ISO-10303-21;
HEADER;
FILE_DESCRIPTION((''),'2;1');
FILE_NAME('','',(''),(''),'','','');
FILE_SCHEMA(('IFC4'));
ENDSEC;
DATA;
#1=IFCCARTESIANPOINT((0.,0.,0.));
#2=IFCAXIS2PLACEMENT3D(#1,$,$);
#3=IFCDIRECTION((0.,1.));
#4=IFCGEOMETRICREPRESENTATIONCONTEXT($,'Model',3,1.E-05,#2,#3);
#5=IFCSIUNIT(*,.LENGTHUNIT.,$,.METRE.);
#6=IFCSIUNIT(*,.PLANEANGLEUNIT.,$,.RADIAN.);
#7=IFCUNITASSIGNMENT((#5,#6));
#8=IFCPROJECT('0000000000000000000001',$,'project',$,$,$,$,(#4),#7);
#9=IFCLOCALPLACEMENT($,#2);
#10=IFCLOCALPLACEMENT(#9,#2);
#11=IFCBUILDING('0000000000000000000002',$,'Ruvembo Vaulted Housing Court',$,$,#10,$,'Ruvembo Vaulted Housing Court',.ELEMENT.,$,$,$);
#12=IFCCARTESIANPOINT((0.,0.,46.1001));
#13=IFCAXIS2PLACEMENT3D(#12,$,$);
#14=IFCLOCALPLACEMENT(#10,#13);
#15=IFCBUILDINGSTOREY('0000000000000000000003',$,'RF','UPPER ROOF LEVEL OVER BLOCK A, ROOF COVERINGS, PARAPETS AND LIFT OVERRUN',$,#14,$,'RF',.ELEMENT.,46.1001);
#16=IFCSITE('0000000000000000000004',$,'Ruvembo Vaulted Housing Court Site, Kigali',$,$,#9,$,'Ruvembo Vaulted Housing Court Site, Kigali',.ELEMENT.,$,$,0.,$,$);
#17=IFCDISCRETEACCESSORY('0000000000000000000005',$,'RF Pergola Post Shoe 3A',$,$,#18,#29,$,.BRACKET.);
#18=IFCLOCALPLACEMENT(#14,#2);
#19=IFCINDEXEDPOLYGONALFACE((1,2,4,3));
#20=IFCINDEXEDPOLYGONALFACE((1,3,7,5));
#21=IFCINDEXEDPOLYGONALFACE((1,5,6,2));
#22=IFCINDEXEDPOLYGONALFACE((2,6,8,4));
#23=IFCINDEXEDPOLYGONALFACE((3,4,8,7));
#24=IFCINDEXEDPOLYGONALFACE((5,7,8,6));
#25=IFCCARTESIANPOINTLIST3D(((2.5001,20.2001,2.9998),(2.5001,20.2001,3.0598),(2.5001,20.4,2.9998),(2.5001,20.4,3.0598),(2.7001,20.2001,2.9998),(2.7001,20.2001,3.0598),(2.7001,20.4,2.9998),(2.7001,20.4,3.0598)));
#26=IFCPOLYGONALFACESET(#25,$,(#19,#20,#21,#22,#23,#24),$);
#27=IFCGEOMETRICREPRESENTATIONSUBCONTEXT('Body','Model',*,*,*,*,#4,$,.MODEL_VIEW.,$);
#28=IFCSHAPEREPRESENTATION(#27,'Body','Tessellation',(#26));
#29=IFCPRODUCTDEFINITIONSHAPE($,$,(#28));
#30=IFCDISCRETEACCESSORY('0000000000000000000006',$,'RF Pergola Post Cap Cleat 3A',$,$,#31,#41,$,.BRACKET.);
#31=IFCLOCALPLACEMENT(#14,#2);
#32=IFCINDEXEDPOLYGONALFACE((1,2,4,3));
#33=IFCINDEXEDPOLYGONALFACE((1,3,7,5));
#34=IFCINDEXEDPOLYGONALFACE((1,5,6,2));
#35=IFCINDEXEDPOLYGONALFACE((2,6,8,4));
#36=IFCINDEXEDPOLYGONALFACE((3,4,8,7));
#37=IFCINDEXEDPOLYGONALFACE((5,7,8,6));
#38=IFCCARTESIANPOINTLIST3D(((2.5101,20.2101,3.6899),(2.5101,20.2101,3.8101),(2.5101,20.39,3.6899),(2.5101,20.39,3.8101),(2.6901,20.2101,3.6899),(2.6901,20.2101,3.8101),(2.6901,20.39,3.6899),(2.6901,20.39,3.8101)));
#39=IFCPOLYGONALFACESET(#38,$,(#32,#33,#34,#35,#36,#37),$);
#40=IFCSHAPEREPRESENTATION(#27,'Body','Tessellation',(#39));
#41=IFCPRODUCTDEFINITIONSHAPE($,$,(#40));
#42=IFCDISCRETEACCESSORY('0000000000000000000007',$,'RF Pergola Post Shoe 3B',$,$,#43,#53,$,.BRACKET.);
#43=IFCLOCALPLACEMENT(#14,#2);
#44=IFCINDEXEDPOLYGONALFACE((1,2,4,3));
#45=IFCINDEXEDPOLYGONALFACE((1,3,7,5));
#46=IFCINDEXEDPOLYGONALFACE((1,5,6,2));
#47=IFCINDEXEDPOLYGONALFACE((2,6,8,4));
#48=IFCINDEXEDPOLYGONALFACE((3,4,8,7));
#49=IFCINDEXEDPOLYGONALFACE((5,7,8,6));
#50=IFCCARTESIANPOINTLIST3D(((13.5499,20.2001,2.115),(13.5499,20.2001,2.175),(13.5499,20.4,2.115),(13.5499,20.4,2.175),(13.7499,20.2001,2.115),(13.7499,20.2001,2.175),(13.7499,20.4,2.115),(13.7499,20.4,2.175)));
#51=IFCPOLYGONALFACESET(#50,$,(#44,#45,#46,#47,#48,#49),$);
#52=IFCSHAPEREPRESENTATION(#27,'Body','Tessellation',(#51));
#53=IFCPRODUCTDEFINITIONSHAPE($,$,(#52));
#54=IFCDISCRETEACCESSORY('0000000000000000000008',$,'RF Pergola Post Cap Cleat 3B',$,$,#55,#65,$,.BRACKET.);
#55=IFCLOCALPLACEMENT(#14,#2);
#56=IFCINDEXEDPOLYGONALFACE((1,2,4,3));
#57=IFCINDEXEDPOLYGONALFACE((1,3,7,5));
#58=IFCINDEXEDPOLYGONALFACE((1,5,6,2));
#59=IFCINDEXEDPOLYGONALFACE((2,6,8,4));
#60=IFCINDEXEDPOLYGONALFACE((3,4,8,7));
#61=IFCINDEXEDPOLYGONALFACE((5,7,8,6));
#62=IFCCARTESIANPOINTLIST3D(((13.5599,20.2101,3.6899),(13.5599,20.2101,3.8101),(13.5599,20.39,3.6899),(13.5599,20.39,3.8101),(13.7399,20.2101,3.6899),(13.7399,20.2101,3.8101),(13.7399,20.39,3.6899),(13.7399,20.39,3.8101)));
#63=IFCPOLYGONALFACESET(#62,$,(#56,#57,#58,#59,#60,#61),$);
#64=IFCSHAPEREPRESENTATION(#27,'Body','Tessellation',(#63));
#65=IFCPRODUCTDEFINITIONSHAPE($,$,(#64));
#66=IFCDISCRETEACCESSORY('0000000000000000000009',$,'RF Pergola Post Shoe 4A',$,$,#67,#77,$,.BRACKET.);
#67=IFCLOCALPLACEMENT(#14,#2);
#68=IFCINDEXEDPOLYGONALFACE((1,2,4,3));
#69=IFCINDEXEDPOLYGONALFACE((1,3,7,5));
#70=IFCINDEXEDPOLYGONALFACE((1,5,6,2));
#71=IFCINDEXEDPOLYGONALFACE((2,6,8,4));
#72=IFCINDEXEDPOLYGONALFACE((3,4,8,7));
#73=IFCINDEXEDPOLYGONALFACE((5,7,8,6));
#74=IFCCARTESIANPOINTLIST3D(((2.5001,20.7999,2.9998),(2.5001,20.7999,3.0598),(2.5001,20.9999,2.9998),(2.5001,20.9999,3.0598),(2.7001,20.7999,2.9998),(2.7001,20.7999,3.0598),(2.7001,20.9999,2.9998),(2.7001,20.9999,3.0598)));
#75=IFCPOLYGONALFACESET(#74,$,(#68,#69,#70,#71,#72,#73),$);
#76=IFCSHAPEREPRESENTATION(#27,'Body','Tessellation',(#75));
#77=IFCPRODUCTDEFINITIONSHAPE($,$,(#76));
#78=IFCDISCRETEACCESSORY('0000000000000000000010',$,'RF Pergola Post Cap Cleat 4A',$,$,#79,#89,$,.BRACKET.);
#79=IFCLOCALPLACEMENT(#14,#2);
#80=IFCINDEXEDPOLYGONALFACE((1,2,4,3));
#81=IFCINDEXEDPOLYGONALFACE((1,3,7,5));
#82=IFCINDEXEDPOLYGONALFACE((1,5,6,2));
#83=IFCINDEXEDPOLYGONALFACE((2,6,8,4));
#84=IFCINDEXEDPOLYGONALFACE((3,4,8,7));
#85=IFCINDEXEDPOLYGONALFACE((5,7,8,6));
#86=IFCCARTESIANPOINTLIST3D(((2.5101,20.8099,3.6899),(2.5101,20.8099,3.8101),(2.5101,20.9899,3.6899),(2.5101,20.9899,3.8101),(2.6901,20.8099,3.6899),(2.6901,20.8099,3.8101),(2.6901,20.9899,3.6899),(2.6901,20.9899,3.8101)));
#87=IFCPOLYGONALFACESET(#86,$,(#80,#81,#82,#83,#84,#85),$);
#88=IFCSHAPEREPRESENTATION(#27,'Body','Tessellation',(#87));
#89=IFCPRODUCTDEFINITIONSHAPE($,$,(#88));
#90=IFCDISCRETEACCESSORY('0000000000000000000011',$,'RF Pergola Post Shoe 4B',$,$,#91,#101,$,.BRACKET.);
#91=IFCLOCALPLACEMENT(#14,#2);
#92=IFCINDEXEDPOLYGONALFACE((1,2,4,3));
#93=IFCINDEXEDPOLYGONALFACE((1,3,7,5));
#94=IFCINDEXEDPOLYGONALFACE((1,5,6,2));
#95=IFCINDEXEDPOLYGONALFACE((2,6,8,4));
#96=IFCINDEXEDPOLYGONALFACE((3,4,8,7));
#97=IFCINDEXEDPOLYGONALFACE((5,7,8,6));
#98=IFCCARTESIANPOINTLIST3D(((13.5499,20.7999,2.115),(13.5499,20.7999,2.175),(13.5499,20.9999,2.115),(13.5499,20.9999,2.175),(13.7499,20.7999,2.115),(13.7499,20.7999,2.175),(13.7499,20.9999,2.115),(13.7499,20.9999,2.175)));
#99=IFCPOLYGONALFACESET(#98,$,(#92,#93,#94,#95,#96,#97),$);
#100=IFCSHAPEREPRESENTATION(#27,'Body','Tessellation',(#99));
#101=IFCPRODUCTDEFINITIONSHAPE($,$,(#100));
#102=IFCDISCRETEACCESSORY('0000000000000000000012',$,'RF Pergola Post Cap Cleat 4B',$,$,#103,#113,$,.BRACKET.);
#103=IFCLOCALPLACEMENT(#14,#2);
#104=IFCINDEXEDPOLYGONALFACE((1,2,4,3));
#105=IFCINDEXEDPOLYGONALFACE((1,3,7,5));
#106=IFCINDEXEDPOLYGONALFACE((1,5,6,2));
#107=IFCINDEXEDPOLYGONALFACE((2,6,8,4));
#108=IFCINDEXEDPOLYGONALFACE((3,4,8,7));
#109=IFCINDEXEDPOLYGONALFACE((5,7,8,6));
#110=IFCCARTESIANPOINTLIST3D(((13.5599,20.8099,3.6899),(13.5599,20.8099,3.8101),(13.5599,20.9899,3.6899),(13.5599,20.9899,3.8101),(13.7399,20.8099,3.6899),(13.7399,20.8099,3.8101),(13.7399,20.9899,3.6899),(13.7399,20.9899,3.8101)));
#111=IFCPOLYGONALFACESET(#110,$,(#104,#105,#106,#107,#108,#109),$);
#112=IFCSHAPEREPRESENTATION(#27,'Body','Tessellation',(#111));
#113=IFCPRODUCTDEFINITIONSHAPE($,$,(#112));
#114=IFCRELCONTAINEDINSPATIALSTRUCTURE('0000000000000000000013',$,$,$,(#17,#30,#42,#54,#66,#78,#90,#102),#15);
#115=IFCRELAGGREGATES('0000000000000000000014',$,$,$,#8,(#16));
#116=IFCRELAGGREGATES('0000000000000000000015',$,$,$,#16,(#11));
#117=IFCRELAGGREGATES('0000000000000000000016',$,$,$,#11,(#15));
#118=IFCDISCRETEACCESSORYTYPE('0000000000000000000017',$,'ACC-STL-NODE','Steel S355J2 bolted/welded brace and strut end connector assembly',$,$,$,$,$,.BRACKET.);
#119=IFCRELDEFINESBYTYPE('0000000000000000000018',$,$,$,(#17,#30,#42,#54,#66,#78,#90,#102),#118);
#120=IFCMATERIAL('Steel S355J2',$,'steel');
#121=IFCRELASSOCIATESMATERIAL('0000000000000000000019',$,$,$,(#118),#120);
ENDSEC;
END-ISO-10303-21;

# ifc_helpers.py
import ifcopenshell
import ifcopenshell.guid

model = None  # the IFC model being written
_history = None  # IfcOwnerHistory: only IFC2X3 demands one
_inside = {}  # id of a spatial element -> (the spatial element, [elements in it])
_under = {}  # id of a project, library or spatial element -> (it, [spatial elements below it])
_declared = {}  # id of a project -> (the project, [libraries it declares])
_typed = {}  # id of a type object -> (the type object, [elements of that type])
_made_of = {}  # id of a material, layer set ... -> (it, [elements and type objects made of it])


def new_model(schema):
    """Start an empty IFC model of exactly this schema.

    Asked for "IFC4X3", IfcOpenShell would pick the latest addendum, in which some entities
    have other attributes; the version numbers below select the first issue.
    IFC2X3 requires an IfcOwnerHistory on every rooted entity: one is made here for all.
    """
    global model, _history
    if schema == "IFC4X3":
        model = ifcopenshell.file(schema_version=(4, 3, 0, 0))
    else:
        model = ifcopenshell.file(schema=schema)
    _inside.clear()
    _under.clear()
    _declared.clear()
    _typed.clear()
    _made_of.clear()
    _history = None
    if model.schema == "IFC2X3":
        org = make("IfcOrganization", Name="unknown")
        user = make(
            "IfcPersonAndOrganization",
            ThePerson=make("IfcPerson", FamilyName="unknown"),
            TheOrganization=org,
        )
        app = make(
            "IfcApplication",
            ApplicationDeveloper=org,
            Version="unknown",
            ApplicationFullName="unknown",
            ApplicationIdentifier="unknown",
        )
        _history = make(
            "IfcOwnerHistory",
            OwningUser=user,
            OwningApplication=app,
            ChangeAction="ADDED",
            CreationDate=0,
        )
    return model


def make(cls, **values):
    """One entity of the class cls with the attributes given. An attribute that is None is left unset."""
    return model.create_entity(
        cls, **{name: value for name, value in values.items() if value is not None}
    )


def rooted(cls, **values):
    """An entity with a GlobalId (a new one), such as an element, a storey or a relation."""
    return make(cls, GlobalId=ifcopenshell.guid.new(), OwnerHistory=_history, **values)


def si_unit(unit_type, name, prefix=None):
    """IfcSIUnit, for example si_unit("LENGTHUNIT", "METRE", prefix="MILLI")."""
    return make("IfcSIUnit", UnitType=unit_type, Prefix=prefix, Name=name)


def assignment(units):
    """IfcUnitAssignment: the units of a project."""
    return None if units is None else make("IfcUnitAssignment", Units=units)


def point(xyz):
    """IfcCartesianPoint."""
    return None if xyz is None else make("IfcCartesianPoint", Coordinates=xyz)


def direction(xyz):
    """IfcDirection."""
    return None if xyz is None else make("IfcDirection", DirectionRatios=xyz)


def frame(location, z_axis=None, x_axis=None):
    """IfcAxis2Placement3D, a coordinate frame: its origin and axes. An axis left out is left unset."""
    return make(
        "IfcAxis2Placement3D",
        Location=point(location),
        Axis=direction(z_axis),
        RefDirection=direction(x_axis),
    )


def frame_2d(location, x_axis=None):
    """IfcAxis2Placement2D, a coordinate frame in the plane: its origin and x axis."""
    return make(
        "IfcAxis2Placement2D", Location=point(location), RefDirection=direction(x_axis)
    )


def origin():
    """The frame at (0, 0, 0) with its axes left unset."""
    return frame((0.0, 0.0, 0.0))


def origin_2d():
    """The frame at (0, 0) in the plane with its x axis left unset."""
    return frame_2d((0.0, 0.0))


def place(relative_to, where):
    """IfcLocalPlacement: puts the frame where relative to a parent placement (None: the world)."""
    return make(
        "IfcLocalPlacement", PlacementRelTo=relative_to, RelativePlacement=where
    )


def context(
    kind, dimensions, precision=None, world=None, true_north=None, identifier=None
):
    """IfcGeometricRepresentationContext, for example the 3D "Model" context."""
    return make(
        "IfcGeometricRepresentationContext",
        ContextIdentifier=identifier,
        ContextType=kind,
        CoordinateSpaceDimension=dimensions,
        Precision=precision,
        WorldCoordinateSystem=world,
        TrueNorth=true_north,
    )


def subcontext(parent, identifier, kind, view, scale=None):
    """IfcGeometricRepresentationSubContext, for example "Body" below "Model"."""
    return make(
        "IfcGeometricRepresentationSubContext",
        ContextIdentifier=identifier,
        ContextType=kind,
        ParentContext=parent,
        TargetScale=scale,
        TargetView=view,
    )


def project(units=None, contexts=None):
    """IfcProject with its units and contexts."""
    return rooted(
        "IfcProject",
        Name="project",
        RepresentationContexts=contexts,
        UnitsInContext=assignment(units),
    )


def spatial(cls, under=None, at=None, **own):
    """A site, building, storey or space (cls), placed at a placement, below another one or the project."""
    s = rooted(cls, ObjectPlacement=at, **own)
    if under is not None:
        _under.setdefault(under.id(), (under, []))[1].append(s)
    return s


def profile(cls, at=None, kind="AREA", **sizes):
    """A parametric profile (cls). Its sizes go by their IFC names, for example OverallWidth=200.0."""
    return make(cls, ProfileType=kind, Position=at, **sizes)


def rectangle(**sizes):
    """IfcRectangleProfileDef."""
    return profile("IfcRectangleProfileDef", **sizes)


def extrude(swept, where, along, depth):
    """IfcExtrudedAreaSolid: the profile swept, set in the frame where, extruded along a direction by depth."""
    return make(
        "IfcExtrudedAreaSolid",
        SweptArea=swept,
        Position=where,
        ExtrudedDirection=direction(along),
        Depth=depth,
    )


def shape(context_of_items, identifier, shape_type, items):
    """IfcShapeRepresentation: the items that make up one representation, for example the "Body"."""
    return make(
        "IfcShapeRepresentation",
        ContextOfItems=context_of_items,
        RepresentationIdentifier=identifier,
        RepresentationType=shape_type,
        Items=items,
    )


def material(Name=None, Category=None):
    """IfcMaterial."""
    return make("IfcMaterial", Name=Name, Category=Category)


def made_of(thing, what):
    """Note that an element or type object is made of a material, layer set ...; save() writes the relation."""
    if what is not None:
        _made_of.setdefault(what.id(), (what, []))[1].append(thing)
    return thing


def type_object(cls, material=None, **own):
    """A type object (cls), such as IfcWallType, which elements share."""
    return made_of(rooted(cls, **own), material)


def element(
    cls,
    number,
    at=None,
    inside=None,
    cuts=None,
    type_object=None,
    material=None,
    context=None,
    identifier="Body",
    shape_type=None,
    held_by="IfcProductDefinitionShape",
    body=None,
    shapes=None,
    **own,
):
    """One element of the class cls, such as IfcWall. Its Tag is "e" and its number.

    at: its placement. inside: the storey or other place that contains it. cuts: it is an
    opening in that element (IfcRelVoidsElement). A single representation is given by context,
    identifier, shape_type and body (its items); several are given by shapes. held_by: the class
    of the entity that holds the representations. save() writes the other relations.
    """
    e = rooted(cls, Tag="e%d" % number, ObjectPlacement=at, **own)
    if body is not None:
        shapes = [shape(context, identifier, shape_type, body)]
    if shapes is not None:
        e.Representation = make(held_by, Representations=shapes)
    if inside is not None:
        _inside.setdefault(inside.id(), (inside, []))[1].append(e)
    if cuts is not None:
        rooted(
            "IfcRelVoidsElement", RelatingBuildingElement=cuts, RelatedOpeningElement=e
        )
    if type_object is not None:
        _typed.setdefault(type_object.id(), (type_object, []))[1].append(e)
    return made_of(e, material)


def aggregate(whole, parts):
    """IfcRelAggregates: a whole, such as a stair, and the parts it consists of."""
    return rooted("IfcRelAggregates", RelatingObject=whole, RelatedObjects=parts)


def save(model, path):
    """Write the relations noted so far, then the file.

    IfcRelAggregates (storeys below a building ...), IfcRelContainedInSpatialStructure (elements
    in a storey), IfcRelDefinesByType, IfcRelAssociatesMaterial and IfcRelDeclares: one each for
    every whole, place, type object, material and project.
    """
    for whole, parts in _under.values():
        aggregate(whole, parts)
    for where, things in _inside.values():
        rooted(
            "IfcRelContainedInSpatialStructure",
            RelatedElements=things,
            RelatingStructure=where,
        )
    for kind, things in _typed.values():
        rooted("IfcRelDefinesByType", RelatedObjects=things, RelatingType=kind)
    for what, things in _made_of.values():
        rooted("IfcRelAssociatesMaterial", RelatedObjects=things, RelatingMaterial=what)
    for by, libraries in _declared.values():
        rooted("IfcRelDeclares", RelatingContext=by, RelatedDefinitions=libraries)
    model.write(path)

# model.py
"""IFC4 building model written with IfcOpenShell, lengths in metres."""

from ifc_helpers import new_model, si_unit, direction, frame, origin, origin_2d, place, context, subcontext, project, spatial, rectangle, extrude, material, type_object, element, save


model = new_model("IFC4")

# Units and contexts
model_context = context("Model", 3, precision=1e-05, world=origin(), true_north=direction((0.0, 1.0)))
body_context = subcontext(model_context, "Body", "Model", "MODEL_VIEW")
ifc_project = project(units=[si_unit("LENGTHUNIT", "METRE"), si_unit("PLANEANGLEUNIT", "RADIAN")], contexts=[model_context])

# Site, building, storey
site_placement = place(None, origin())
site = spatial("IfcSite", under=ifc_project, at=site_placement, Name="Ruvembo Vaulted Housing Court Site, Kigali", LongName="Ruvembo Vaulted Housing Court Site, Kigali", CompositionType="ELEMENT", RefElevation=0.0)
building_placement = place(site_placement, origin())
building = spatial("IfcBuilding", under=site, at=building_placement, Name="Ruvembo Vaulted Housing Court", LongName="Ruvembo Vaulted Housing Court", CompositionType="ELEMENT")
storey_placement = place(building_placement, frame((0.0, 0.0, 46.1001)))
storey = spatial("IfcBuildingStorey", under=building, at=storey_placement, Name="RF", Description="UPPER ROOF LEVEL OVER BLOCK A, ROOF COVERINGS, PARAPETS AND LIFT OVERRUN", LongName="RF", CompositionType="ELEMENT", Elevation=46.1001)

# Shared definitions
ifc_material_1 = material(Name="Steel S355J2", Category="steel")

# Discrete accessories
discrete_accessory_type = type_object("IfcDiscreteAccessoryType", Name="ACC-STL-NODE", Description="Steel S355J2 bolted/welded brace and strut end connector assembly", PredefinedType="BRACKET", material=ifc_material_1)
discrete_accessory_1_placement = place(storey_placement, frame((2.6001, 20.3, 2.9998), z_axis=(0.0, 0.0, 1.0), x_axis=(1.0, 0.0, 0.0)))
element("IfcDiscreteAccessory", 1, at=discrete_accessory_1_placement, inside=storey, type_object=discrete_accessory_type, Name="RF Pergola Post Shoe 3A", PredefinedType="BRACKET", context=body_context, shape_type="SweptSolid", body=[
    extrude(rectangle(XDim=0.2, YDim=0.2, at=origin_2d()), origin(), (0.0, 0.0, 1.0), 0.0601),
])
discrete_accessory_2_placement = place(storey_placement, frame((2.6001, 20.3, 3.6899), z_axis=(0.0, 0.0, 1.0), x_axis=(1.0, 0.0, 0.0)))
element("IfcDiscreteAccessory", 2, at=discrete_accessory_2_placement, inside=storey, type_object=discrete_accessory_type, Name="RF Pergola Post Cap Cleat 3A", PredefinedType="BRACKET", context=body_context, shape_type="SweptSolid", body=[
    extrude(rectangle(XDim=0.1799, YDim=0.1799, at=origin_2d()), origin(), (0.0, 0.0, 1.0), 0.1201),
])
discrete_accessory_3_placement = place(storey_placement, frame((13.6499, 20.3, 2.115), z_axis=(0.0, 0.0, 1.0), x_axis=(1.0, 0.0, 0.0)))
element("IfcDiscreteAccessory", 3, at=discrete_accessory_3_placement, inside=storey, type_object=discrete_accessory_type, Name="RF Pergola Post Shoe 3B", PredefinedType="BRACKET", context=body_context, shape_type="SweptSolid", body=[
    extrude(rectangle(XDim=0.2, YDim=0.2, at=origin_2d()), origin(), (0.0, 0.0, 1.0), 0.0601),
])
discrete_accessory_4_placement = place(storey_placement, frame((13.6499, 20.3, 3.6899), z_axis=(0.0, 0.0, 1.0), x_axis=(1.0, 0.0, 0.0)))
element("IfcDiscreteAccessory", 4, at=discrete_accessory_4_placement, inside=storey, type_object=discrete_accessory_type, Name="RF Pergola Post Cap Cleat 3B", PredefinedType="BRACKET", context=body_context, shape_type="SweptSolid", body=[
    extrude(rectangle(XDim=0.1799, YDim=0.1799, at=origin_2d()), origin(), (0.0, 0.0, 1.0), 0.1201),
])
discrete_accessory_5_placement = place(storey_placement, frame((2.6001, 20.8999, 2.9998), z_axis=(0.0, 0.0, 1.0), x_axis=(1.0, 0.0, 0.0)))
element("IfcDiscreteAccessory", 5, at=discrete_accessory_5_placement, inside=storey, type_object=discrete_accessory_type, Name="RF Pergola Post Shoe 4A", PredefinedType="BRACKET", context=body_context, shape_type="SweptSolid", body=[
    extrude(rectangle(XDim=0.2, YDim=0.2, at=origin_2d()), origin(), (0.0, 0.0, 1.0), 0.0601),
])
discrete_accessory_6_placement = place(storey_placement, frame((2.6001, 20.8999, 3.6899), z_axis=(0.0, 0.0, 1.0), x_axis=(1.0, 0.0, 0.0)))
element("IfcDiscreteAccessory", 6, at=discrete_accessory_6_placement, inside=storey, type_object=discrete_accessory_type, Name="RF Pergola Post Cap Cleat 4A", PredefinedType="BRACKET", context=body_context, shape_type="SweptSolid", body=[
    extrude(rectangle(XDim=0.1799, YDim=0.1799, at=origin_2d()), origin(), (0.0, 0.0, 1.0), 0.1201),
])
discrete_accessory_7_placement = place(storey_placement, frame((13.6499, 20.8999, 2.115), z_axis=(0.0, 0.0, 1.0), x_axis=(1.0, 0.0, 0.0)))
element("IfcDiscreteAccessory", 7, at=discrete_accessory_7_placement, inside=storey, type_object=discrete_accessory_type, Name="RF Pergola Post Shoe 4B", PredefinedType="BRACKET", context=body_context, shape_type="SweptSolid", body=[
    extrude(rectangle(XDim=0.2, YDim=0.2, at=origin_2d()), origin(), (0.0, 0.0, 1.0), 0.0601),
])
discrete_accessory_8_placement = place(storey_placement, frame((13.6499, 20.8999, 3.6899), z_axis=(0.0, 0.0, 1.0), x_axis=(1.0, 0.0, 0.0)))
element("IfcDiscreteAccessory", 8, at=discrete_accessory_8_placement, inside=storey, type_object=discrete_accessory_type, Name="RF Pergola Post Cap Cleat 4B", PredefinedType="BRACKET", context=body_context, shape_type="SweptSolid", body=[
    extrude(rectangle(XDim=0.1799, YDim=0.1799, at=origin_2d()), origin(), (0.0, 0.0, 1.0), 0.1201),
])

save(model, "model.ifc")
